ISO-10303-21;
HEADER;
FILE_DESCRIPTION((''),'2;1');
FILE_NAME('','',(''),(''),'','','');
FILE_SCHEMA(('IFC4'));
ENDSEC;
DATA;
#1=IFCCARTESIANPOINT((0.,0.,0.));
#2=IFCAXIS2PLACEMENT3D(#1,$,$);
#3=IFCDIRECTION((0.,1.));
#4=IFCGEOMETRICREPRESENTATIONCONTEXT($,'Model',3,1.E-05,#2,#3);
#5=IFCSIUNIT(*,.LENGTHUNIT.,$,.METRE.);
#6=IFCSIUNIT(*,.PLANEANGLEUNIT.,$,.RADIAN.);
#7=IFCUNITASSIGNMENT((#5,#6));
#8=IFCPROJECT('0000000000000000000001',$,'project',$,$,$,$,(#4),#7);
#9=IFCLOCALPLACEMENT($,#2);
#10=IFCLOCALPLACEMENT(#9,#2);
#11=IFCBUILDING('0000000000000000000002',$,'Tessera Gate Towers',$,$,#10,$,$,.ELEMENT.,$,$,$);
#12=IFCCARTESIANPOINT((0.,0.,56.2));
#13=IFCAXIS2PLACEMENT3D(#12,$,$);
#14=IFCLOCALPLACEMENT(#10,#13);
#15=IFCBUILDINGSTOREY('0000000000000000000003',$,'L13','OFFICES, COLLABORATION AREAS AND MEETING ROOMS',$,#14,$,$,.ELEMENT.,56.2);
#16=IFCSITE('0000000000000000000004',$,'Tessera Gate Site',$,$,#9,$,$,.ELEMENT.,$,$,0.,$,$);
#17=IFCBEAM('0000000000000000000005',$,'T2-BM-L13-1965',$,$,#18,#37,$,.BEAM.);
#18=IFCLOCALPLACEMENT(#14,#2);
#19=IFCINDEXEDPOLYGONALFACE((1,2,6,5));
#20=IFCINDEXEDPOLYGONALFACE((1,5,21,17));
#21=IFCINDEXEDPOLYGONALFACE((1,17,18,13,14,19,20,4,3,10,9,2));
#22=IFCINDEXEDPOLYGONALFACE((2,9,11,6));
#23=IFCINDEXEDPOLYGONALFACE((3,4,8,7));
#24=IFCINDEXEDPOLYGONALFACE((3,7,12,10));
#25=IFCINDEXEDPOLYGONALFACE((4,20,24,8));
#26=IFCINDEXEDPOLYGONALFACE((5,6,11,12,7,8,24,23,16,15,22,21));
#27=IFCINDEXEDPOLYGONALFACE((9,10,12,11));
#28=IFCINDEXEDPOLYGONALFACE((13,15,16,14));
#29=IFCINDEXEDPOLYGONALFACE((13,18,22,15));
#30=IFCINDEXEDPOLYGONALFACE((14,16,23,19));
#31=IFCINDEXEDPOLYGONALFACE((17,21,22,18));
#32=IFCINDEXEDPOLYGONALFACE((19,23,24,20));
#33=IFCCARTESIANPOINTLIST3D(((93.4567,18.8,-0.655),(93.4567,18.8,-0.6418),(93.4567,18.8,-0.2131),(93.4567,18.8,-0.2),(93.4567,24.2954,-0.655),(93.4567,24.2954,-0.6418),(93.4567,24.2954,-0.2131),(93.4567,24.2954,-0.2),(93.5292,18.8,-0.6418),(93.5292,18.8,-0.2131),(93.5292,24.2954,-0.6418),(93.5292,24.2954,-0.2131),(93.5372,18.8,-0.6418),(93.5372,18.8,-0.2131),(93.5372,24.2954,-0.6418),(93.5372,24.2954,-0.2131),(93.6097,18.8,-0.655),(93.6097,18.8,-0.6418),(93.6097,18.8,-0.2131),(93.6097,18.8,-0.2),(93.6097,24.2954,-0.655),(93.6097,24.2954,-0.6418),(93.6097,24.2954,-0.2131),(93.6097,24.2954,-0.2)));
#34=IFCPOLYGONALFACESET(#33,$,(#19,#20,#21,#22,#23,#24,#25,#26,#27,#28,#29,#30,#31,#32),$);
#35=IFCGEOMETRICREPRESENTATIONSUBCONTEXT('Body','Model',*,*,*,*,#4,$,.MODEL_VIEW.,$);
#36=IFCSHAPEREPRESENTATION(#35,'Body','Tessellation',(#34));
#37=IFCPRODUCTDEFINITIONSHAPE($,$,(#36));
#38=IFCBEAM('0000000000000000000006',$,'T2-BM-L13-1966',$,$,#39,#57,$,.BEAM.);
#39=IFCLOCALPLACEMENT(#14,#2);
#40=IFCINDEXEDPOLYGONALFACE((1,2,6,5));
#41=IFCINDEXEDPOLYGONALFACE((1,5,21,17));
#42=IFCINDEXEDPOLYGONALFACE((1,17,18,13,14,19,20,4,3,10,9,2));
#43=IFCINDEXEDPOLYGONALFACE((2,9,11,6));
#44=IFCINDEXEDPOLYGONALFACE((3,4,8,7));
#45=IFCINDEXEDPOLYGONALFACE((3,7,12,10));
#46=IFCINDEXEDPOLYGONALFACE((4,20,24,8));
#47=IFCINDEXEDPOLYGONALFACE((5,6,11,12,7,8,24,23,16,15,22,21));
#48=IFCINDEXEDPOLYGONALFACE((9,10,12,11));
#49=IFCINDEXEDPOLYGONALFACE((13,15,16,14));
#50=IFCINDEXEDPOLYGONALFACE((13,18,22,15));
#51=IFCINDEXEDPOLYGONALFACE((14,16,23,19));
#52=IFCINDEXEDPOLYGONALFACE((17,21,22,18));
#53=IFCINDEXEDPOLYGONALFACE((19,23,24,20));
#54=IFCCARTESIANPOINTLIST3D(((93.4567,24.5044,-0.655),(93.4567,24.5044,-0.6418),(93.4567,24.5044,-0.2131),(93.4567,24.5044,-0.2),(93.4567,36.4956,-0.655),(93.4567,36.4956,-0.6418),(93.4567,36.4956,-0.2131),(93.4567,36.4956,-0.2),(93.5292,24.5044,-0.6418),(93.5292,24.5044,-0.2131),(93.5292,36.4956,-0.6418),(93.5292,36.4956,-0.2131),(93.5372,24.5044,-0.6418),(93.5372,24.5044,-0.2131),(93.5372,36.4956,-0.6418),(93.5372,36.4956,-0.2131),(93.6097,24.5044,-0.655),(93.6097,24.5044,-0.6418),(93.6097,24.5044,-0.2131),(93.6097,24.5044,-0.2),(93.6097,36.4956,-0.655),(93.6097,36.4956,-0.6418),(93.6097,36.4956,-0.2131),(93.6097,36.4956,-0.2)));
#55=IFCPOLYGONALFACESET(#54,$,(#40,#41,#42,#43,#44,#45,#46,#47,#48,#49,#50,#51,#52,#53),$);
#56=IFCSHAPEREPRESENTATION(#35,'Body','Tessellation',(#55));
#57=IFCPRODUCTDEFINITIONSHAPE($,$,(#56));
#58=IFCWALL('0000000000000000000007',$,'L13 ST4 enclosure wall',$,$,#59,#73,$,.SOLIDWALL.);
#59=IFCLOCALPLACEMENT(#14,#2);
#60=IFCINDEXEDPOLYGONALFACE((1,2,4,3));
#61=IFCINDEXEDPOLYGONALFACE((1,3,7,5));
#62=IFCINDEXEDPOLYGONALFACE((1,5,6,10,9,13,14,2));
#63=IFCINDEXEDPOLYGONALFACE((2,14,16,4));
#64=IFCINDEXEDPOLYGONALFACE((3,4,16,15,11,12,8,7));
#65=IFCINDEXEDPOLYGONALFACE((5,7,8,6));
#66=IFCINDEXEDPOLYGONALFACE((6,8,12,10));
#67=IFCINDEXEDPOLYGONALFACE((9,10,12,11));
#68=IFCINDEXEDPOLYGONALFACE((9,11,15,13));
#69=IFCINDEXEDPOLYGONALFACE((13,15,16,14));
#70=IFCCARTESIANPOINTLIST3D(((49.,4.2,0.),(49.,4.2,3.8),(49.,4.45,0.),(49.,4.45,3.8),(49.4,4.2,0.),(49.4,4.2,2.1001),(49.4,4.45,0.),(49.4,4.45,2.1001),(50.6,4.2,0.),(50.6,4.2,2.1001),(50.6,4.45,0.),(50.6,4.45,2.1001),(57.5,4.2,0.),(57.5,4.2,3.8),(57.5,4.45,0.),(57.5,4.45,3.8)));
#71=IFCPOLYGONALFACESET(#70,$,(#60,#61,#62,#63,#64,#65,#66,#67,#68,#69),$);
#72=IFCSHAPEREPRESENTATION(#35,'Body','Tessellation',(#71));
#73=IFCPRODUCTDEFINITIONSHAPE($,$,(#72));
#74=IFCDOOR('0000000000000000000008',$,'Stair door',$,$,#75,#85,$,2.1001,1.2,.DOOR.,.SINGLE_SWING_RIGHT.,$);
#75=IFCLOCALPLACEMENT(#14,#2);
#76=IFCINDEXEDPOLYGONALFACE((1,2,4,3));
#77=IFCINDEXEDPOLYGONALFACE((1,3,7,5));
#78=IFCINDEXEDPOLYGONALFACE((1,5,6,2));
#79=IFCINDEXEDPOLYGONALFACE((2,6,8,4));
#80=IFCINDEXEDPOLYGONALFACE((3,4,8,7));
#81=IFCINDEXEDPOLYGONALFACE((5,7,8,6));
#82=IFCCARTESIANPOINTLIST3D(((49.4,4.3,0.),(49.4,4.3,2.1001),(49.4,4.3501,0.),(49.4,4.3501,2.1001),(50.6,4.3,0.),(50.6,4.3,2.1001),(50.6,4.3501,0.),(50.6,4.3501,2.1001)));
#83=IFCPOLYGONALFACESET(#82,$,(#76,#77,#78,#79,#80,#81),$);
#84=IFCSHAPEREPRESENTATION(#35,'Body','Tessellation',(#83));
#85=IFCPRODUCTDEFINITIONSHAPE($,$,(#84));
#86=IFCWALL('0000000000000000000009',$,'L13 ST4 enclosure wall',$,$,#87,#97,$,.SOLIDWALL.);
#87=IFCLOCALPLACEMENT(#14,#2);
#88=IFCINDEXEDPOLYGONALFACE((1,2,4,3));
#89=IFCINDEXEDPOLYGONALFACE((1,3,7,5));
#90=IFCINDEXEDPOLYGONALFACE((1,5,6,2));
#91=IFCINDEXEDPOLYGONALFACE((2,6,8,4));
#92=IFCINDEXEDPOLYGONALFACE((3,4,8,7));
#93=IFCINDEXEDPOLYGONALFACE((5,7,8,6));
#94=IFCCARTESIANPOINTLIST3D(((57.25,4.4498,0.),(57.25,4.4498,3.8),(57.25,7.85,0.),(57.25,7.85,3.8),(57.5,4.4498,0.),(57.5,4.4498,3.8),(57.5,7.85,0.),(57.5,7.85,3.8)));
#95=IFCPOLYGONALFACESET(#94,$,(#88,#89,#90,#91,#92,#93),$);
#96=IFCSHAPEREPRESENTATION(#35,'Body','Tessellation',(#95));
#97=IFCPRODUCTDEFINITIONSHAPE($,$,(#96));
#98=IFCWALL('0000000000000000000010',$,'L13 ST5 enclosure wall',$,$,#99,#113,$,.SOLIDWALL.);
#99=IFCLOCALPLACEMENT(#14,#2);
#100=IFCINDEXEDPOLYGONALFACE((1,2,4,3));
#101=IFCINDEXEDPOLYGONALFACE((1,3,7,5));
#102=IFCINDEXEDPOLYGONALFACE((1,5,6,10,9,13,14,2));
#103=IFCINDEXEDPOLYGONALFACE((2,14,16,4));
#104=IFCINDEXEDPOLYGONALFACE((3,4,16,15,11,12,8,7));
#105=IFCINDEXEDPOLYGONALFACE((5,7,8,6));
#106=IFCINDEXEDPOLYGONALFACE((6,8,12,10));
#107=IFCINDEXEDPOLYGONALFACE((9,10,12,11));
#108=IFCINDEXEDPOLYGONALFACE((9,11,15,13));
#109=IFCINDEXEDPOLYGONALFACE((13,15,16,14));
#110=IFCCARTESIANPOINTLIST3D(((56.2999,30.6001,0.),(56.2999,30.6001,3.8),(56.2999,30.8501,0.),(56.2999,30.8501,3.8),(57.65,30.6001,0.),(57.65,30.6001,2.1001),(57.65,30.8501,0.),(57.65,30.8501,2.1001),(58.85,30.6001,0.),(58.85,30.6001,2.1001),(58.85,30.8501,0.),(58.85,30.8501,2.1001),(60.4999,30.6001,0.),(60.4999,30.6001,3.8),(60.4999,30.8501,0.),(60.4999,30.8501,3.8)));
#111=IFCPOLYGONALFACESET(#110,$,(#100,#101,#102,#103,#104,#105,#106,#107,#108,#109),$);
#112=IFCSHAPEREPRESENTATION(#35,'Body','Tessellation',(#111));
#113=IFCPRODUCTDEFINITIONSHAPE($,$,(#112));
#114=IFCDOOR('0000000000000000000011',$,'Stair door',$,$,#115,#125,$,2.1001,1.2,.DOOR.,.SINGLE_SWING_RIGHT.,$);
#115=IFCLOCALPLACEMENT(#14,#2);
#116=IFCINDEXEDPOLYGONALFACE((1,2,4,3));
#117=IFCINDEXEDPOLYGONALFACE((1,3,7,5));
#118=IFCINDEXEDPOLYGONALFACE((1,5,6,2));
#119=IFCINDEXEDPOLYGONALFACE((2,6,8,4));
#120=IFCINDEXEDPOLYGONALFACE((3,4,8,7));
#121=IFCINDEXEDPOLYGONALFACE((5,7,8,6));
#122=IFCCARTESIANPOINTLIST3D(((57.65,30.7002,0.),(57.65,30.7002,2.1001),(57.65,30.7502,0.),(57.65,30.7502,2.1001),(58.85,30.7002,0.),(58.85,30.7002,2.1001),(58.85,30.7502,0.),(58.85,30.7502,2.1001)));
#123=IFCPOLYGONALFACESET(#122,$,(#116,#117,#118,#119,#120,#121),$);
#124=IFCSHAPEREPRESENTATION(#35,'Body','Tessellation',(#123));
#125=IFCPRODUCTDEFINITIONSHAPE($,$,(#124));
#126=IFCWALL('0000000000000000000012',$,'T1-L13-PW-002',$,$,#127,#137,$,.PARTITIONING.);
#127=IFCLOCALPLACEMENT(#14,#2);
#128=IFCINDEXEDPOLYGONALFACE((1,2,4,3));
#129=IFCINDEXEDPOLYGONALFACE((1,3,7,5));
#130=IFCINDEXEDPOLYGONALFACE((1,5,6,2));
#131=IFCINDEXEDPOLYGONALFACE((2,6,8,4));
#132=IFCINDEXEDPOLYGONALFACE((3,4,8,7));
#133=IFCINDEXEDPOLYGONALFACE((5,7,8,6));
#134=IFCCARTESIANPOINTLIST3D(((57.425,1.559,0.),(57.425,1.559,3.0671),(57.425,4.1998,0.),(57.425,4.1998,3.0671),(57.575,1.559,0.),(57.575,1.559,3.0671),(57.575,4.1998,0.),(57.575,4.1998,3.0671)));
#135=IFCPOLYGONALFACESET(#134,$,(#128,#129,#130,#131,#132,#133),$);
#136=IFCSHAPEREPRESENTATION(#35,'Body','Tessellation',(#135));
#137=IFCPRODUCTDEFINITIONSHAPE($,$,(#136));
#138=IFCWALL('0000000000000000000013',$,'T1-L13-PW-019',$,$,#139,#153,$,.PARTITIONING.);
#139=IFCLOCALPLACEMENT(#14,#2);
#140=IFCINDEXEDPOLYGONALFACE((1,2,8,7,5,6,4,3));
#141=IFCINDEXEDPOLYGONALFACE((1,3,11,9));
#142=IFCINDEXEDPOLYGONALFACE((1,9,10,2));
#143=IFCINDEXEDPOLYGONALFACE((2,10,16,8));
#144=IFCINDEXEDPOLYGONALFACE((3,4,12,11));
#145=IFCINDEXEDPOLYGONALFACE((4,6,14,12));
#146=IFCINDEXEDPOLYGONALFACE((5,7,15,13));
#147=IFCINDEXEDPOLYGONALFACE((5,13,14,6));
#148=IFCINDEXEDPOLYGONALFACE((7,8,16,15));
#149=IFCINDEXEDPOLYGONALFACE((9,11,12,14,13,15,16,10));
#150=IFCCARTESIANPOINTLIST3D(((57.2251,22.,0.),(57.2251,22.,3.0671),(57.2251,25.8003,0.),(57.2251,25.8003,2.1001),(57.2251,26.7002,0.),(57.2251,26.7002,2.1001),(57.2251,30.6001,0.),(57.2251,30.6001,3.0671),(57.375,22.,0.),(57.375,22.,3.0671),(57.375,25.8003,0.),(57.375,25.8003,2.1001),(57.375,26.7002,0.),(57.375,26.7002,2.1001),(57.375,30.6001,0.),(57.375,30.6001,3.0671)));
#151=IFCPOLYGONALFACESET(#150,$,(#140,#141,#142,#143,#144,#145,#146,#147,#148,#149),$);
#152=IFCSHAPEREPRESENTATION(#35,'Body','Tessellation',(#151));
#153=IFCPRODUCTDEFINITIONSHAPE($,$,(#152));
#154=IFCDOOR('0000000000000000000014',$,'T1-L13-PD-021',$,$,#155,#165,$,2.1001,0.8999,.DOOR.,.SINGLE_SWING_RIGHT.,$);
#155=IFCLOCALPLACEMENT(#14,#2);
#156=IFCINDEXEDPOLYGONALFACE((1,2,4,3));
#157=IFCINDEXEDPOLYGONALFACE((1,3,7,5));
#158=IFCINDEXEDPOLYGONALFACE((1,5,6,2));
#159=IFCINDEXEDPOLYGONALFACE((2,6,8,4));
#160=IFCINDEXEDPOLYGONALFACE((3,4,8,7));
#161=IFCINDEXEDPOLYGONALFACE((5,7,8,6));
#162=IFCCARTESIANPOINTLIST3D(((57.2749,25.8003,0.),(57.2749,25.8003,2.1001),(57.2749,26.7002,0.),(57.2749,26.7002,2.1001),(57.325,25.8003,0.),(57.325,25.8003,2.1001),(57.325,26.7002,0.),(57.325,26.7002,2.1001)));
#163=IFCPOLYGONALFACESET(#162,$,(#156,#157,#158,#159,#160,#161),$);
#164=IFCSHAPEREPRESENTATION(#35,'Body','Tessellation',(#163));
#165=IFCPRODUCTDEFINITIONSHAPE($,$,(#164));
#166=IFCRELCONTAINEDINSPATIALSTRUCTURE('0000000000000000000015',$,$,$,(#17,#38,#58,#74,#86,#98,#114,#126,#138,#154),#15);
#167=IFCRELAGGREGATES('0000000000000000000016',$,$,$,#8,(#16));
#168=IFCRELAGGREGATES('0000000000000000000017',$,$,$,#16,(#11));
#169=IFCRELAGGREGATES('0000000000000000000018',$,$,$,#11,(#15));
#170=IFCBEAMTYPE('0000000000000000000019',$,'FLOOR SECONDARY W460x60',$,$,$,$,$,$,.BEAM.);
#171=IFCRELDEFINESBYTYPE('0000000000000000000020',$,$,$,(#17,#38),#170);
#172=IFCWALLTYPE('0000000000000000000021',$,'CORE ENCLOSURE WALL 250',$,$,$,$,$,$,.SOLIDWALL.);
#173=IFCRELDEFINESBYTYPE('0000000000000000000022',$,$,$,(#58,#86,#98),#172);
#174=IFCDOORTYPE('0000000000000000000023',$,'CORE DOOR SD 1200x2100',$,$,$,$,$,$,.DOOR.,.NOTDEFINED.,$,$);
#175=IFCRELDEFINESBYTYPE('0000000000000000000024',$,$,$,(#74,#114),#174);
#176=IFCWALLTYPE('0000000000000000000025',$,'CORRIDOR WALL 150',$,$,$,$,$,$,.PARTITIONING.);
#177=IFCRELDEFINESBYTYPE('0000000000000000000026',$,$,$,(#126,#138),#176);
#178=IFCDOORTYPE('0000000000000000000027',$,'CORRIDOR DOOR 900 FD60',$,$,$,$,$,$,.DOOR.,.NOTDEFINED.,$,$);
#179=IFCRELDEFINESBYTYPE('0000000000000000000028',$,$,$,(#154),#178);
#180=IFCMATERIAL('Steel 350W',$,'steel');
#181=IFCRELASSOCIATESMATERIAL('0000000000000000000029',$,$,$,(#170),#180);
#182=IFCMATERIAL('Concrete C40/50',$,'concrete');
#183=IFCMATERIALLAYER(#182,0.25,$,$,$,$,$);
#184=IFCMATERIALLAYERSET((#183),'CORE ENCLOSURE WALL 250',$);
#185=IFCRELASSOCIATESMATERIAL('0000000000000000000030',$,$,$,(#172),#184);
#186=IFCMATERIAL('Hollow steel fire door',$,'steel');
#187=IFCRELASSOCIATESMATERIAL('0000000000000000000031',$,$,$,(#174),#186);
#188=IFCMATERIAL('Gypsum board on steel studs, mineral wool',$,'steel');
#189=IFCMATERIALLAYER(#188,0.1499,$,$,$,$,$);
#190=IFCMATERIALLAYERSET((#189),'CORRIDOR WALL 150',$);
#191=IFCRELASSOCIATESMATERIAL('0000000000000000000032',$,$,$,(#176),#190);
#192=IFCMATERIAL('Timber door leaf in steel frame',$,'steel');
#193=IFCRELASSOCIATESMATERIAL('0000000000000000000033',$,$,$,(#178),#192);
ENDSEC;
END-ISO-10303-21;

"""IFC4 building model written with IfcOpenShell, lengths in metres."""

from ifc_helpers import new_model, si_unit, direction, frame, frame_2d, origin, origin_2d, place, context, subcontext, project, spatial, rectangle, i_section, extrude, source, transform, mapped, material, layer, layer_set, material_profile, profile_set, type_object, element, fill, save


model = new_model("IFC4")

# Units and contexts
model_context = context("Model", 3, precision=1e-05, world=origin(), true_north=direction((0.0, 1.0)))
body_context = subcontext(model_context, "Body", "Model", "MODEL_VIEW")
ifc_project = project(units=[si_unit("LENGTHUNIT", "METRE"), si_unit("PLANEANGLEUNIT", "RADIAN")], contexts=[model_context])

# Site, building, storey
site_placement = place(None, origin())
site = spatial("IfcSite", under=ifc_project, at=site_placement, Name="Tessera Gate Site", CompositionType="ELEMENT", RefElevation=0.0)
building_placement = place(site_placement, origin())
building = spatial("IfcBuilding", under=site, at=building_placement, Name="Tessera Gate Towers", CompositionType="ELEMENT")
storey_placement = place(building_placement, frame((0.0, 0.0, 56.2)))
storey = spatial("IfcBuildingStorey", under=building, at=storey_placement, Name="L13", Description="OFFICES, COLLABORATION AREAS AND MEETING ROOMS", CompositionType="ELEMENT", Elevation=56.2)

# Beams
ifc_material_1 = material(Name="Steel 350W", Category="steel")
ifc_material_profile_1 = material_profile(ifc_material_1, i_section(OverallWidth=0.1531, OverallDepth=0.4551, WebThickness=0.0081, FlangeThickness=0.0132, at=origin_2d()), Name="W460x60")
ifc_profile_set_1 = profile_set([ifc_material_profile_1], Name="Steel 350W")
beam_type_1 = type_object("IfcBeamType", Name="FLOOR SECONDARY W460x60", PredefinedType="BEAM", material=ifc_profile_set_1)
beam_1_placement = place(storey_placement, frame((93.5332, 18.8, -0.4275), z_axis=(0.0, 1.0, 0.0), x_axis=(-1.0, 0.0, 0.0)))
element("IfcBeam", 1, at=beam_1_placement, inside=storey, type_object=beam_type_1, Name="T2-BM-L13-1965", PredefinedType="BEAM", context=body_context, shape_type="SweptSolid", body=[
    extrude(i_section(OverallWidth=0.1531, OverallDepth=0.4551, WebThickness=0.0081, FlangeThickness=0.0132, at=origin_2d()), origin(), (0.0, 0.0, 1.0), 5.4954),
])
beam_2_placement = place(storey_placement, frame((93.5332, 24.5044, -0.4275), z_axis=(0.0, 1.0, 0.0), x_axis=(-1.0, 0.0, 0.0)))
element("IfcBeam", 2, at=beam_2_placement, inside=storey, type_object=beam_type_1, Name="T2-BM-L13-1966", PredefinedType="BEAM", context=body_context, shape_type="SweptSolid", body=[
    extrude(i_section(OverallWidth=0.1531, OverallDepth=0.4551, WebThickness=0.0081, FlangeThickness=0.0132, at=origin_2d()), origin(), (0.0, 0.0, 1.0), 11.9912),
])

# Wall, opening, door
ifc_material_2 = material(Name="Concrete C40/50", Category="concrete")
ifc_layer_1 = layer(ifc_material_2, 0.25)
ifc_layer_set_1 = layer_set([ifc_layer_1], Name="CORE ENCLOSURE WALL 250")
wall_type_1 = type_object("IfcWallType", Name="CORE ENCLOSURE WALL 250", PredefinedType="SOLIDWALL", material=ifc_layer_set_1)
wall_1_placement = place(storey_placement, frame((57.5, 4.325, 0.0), z_axis=(0.0, 0.0, 1.0), x_axis=(-1.0, 0.0, 0.0)))
wall_1 = element("IfcWall", 3, at=wall_1_placement, inside=storey, type_object=wall_type_1, Name="L13 ST4 enclosure wall", PredefinedType="SOLIDWALL", context=body_context, shape_type="SweptSolid", body=[
    extrude(rectangle(XDim=8.5, YDim=0.25, at=frame_2d((4.25, 0.0))), origin(), (0.0, 0.0, 1.0), 3.8),
])
shared_shape_1 = source(origin(), body_context, "Body", "SweptSolid", [
    extrude(rectangle(XDim=1.2, YDim=2.1001, at=frame_2d((0.6001, 1.05))), frame((0.0, 0.135, 0.0), z_axis=(0.0, -1.0, 0.0), x_axis=(1.0, 0.0, 0.0)), (0.0, 0.0, 1.0), 0.27),
])
opening_1_placement = place(wall_1_placement, frame((6.8999, 0.0, 0.0)))
opening_1 = element("IfcOpeningElement", 4, at=opening_1_placement, cuts=wall_1, PredefinedType="OPENING", context=body_context, shape_type="MappedRepresentation", body=[
    mapped(shared_shape_1, transform((0.0, 0.0, 0.0), scale=1.0)),
])
ifc_material_3 = material(Name="Hollow steel fire door", Category="steel")
door_type_1 = type_object("IfcDoorType", Name="CORE DOOR SD 1200x2100", OperationType="NOTDEFINED", PredefinedType="DOOR", material=ifc_material_3)
shared_shape_2 = source(origin(), body_context, "Body", "SweptSolid", [
    extrude(rectangle(XDim=1.2, YDim=2.1001, at=frame_2d((0.6001, 1.05))), frame((0.0, 0.0249, 0.0), z_axis=(0.0, -1.0, 0.0), x_axis=(1.0, 0.0, 0.0)), (0.0, 0.0, 1.0), 0.05),
])
door_1_placement = place(opening_1_placement, origin())
door_1 = element("IfcDoor", 5, at=door_1_placement, inside=storey, type_object=door_type_1, Name="Stair door", OperationType="SINGLE_SWING_RIGHT", OverallHeight=2.1001, OverallWidth=1.2, PredefinedType="DOOR", context=body_context, shape_type="MappedRepresentation", body=[
    mapped(shared_shape_2, transform((0.0, 0.0, 0.0), scale=1.0)),
])
fill(opening_1, door_1)

# Wall
wall_2_placement = place(storey_placement, frame((57.375, 7.8501, 0.0), z_axis=(0.0, 0.0, 1.0), x_axis=(0.0, -1.0, 0.0)))
element("IfcWall", 6, at=wall_2_placement, inside=storey, type_object=wall_type_1, Name="L13 ST4 enclosure wall", PredefinedType="SOLIDWALL", context=body_context, shape_type="SweptSolid", body=[
    extrude(rectangle(XDim=3.4001, YDim=0.25, at=frame_2d((1.7002, 0.0))), origin(), (0.0, 0.0, 1.0), 3.8),
])

# Wall, opening, door
wall_3_placement = place(storey_placement, frame((60.5, 30.7251, 0.0), z_axis=(0.0, 0.0, 1.0), x_axis=(-1.0, 0.0, 0.0)))
wall_3 = element("IfcWall", 7, at=wall_3_placement, inside=storey, type_object=wall_type_1, Name="L13 ST5 enclosure wall", PredefinedType="SOLIDWALL", context=body_context, shape_type="SweptSolid", body=[
    extrude(rectangle(XDim=4.2, YDim=0.25, at=frame_2d((2.1001, 0.0))), origin(), (0.0, 0.0, 1.0), 3.8),
])
opening_2_placement = place(wall_3_placement, frame((1.6499, 0.0, 0.0)))
opening_2 = element("IfcOpeningElement", 8, at=opening_2_placement, cuts=wall_3, PredefinedType="OPENING", context=body_context, shape_type="MappedRepresentation", body=[
    mapped(shared_shape_1, transform((0.0, 0.0, 0.0), scale=1.0)),
])
door_2_placement = place(opening_2_placement, origin())
door_2 = element("IfcDoor", 9, at=door_2_placement, inside=storey, type_object=door_type_1, Name="Stair door", OperationType="SINGLE_SWING_RIGHT", OverallHeight=2.1001, OverallWidth=1.2, PredefinedType="DOOR", context=body_context, shape_type="MappedRepresentation", body=[
    mapped(shared_shape_2, transform((0.0, 0.0, 0.0), scale=1.0)),
])
fill(opening_2, door_2)

# Wall
ifc_material_4 = material(Name="Gypsum board on steel studs, mineral wool", Category="steel")
ifc_layer_2 = layer(ifc_material_4, 0.1499)
ifc_layer_set_2 = layer_set([ifc_layer_2], Name="CORRIDOR WALL 150")
wall_type_2 = type_object("IfcWallType", Name="CORRIDOR WALL 150", PredefinedType="PARTITIONING", material=ifc_layer_set_2)
wall_4_placement = place(storey_placement, frame((57.5, 1.5591, 0.0), z_axis=(0.0, 0.0, 1.0), x_axis=(0.0, 1.0, 0.0)))
element("IfcWall", 10, at=wall_4_placement, inside=storey, type_object=wall_type_2, Name="T1-L13-PW-002", PredefinedType="PARTITIONING", context=body_context, shape_type="SweptSolid", body=[
    extrude(rectangle(XDim=2.6409, YDim=0.1499, at=frame_2d((1.3203, 0.0))), origin(), (0.0, 0.0, 1.0), 3.0671),
])

# Wall, opening, door
wall_5_placement = place(storey_placement, frame((57.3, 30.6001, 0.0), z_axis=(0.0, 0.0, 1.0), x_axis=(0.0, -1.0, 0.0)))
wall_5 = element("IfcWall", 11, at=wall_5_placement, inside=storey, type_object=wall_type_2, Name="T1-L13-PW-019", PredefinedType="PARTITIONING", context=body_context, shape_type="SweptSolid", body=[
    extrude(rectangle(XDim=8.6001, YDim=0.1499, at=frame_2d((4.3, 0.0))), origin(), (0.0, 0.0, 1.0), 3.0671),
])
shared_shape_3 = source(origin(), body_context, "Body", "SweptSolid", [
    extrude(rectangle(XDim=0.8999, YDim=2.1001, at=frame_2d((0.45, 1.05))), frame((0.0, 0.085, 0.0), z_axis=(0.0, -1.0, 0.0), x_axis=(1.0, 0.0, 0.0)), (0.0, 0.0, 1.0), 0.1699),
])
opening_3_placement = place(wall_5_placement, frame((3.8999, 0.0, 0.0)))
opening_3 = element("IfcOpeningElement", 12, at=opening_3_placement, cuts=wall_5, PredefinedType="OPENING", context=body_context, shape_type="MappedRepresentation", body=[
    mapped(shared_shape_3, transform((0.0, 0.0, 0.0), scale=1.0)),
])
ifc_material_5 = material(Name="Timber door leaf in steel frame", Category="steel")
door_type_2 = type_object("IfcDoorType", Name="CORRIDOR DOOR 900 FD60", OperationType="NOTDEFINED", PredefinedType="DOOR", material=ifc_material_5)
shared_shape_4 = source(origin(), body_context, "Body", "SweptSolid", [
    extrude(rectangle(XDim=0.8999, YDim=2.1001, at=frame_2d((0.45, 1.05))), frame((0.0, 0.0249, 0.0), z_axis=(0.0, -1.0, 0.0), x_axis=(1.0, 0.0, 0.0)), (0.0, 0.0, 1.0), 0.05),
])
door_3_placement = place(opening_3_placement, origin())
door_3 = element("IfcDoor", 13, at=door_3_placement, inside=storey, type_object=door_type_2, Name="T1-L13-PD-021", OperationType="SINGLE_SWING_RIGHT", OverallHeight=2.1001, OverallWidth=0.8999, PredefinedType="DOOR", context=body_context, shape_type="MappedRepresentation", body=[
    mapped(shared_shape_4, transform((0.0, 0.0, 0.0), scale=1.0)),
])
fill(opening_3, door_3)

save(model, "model.ifc")
